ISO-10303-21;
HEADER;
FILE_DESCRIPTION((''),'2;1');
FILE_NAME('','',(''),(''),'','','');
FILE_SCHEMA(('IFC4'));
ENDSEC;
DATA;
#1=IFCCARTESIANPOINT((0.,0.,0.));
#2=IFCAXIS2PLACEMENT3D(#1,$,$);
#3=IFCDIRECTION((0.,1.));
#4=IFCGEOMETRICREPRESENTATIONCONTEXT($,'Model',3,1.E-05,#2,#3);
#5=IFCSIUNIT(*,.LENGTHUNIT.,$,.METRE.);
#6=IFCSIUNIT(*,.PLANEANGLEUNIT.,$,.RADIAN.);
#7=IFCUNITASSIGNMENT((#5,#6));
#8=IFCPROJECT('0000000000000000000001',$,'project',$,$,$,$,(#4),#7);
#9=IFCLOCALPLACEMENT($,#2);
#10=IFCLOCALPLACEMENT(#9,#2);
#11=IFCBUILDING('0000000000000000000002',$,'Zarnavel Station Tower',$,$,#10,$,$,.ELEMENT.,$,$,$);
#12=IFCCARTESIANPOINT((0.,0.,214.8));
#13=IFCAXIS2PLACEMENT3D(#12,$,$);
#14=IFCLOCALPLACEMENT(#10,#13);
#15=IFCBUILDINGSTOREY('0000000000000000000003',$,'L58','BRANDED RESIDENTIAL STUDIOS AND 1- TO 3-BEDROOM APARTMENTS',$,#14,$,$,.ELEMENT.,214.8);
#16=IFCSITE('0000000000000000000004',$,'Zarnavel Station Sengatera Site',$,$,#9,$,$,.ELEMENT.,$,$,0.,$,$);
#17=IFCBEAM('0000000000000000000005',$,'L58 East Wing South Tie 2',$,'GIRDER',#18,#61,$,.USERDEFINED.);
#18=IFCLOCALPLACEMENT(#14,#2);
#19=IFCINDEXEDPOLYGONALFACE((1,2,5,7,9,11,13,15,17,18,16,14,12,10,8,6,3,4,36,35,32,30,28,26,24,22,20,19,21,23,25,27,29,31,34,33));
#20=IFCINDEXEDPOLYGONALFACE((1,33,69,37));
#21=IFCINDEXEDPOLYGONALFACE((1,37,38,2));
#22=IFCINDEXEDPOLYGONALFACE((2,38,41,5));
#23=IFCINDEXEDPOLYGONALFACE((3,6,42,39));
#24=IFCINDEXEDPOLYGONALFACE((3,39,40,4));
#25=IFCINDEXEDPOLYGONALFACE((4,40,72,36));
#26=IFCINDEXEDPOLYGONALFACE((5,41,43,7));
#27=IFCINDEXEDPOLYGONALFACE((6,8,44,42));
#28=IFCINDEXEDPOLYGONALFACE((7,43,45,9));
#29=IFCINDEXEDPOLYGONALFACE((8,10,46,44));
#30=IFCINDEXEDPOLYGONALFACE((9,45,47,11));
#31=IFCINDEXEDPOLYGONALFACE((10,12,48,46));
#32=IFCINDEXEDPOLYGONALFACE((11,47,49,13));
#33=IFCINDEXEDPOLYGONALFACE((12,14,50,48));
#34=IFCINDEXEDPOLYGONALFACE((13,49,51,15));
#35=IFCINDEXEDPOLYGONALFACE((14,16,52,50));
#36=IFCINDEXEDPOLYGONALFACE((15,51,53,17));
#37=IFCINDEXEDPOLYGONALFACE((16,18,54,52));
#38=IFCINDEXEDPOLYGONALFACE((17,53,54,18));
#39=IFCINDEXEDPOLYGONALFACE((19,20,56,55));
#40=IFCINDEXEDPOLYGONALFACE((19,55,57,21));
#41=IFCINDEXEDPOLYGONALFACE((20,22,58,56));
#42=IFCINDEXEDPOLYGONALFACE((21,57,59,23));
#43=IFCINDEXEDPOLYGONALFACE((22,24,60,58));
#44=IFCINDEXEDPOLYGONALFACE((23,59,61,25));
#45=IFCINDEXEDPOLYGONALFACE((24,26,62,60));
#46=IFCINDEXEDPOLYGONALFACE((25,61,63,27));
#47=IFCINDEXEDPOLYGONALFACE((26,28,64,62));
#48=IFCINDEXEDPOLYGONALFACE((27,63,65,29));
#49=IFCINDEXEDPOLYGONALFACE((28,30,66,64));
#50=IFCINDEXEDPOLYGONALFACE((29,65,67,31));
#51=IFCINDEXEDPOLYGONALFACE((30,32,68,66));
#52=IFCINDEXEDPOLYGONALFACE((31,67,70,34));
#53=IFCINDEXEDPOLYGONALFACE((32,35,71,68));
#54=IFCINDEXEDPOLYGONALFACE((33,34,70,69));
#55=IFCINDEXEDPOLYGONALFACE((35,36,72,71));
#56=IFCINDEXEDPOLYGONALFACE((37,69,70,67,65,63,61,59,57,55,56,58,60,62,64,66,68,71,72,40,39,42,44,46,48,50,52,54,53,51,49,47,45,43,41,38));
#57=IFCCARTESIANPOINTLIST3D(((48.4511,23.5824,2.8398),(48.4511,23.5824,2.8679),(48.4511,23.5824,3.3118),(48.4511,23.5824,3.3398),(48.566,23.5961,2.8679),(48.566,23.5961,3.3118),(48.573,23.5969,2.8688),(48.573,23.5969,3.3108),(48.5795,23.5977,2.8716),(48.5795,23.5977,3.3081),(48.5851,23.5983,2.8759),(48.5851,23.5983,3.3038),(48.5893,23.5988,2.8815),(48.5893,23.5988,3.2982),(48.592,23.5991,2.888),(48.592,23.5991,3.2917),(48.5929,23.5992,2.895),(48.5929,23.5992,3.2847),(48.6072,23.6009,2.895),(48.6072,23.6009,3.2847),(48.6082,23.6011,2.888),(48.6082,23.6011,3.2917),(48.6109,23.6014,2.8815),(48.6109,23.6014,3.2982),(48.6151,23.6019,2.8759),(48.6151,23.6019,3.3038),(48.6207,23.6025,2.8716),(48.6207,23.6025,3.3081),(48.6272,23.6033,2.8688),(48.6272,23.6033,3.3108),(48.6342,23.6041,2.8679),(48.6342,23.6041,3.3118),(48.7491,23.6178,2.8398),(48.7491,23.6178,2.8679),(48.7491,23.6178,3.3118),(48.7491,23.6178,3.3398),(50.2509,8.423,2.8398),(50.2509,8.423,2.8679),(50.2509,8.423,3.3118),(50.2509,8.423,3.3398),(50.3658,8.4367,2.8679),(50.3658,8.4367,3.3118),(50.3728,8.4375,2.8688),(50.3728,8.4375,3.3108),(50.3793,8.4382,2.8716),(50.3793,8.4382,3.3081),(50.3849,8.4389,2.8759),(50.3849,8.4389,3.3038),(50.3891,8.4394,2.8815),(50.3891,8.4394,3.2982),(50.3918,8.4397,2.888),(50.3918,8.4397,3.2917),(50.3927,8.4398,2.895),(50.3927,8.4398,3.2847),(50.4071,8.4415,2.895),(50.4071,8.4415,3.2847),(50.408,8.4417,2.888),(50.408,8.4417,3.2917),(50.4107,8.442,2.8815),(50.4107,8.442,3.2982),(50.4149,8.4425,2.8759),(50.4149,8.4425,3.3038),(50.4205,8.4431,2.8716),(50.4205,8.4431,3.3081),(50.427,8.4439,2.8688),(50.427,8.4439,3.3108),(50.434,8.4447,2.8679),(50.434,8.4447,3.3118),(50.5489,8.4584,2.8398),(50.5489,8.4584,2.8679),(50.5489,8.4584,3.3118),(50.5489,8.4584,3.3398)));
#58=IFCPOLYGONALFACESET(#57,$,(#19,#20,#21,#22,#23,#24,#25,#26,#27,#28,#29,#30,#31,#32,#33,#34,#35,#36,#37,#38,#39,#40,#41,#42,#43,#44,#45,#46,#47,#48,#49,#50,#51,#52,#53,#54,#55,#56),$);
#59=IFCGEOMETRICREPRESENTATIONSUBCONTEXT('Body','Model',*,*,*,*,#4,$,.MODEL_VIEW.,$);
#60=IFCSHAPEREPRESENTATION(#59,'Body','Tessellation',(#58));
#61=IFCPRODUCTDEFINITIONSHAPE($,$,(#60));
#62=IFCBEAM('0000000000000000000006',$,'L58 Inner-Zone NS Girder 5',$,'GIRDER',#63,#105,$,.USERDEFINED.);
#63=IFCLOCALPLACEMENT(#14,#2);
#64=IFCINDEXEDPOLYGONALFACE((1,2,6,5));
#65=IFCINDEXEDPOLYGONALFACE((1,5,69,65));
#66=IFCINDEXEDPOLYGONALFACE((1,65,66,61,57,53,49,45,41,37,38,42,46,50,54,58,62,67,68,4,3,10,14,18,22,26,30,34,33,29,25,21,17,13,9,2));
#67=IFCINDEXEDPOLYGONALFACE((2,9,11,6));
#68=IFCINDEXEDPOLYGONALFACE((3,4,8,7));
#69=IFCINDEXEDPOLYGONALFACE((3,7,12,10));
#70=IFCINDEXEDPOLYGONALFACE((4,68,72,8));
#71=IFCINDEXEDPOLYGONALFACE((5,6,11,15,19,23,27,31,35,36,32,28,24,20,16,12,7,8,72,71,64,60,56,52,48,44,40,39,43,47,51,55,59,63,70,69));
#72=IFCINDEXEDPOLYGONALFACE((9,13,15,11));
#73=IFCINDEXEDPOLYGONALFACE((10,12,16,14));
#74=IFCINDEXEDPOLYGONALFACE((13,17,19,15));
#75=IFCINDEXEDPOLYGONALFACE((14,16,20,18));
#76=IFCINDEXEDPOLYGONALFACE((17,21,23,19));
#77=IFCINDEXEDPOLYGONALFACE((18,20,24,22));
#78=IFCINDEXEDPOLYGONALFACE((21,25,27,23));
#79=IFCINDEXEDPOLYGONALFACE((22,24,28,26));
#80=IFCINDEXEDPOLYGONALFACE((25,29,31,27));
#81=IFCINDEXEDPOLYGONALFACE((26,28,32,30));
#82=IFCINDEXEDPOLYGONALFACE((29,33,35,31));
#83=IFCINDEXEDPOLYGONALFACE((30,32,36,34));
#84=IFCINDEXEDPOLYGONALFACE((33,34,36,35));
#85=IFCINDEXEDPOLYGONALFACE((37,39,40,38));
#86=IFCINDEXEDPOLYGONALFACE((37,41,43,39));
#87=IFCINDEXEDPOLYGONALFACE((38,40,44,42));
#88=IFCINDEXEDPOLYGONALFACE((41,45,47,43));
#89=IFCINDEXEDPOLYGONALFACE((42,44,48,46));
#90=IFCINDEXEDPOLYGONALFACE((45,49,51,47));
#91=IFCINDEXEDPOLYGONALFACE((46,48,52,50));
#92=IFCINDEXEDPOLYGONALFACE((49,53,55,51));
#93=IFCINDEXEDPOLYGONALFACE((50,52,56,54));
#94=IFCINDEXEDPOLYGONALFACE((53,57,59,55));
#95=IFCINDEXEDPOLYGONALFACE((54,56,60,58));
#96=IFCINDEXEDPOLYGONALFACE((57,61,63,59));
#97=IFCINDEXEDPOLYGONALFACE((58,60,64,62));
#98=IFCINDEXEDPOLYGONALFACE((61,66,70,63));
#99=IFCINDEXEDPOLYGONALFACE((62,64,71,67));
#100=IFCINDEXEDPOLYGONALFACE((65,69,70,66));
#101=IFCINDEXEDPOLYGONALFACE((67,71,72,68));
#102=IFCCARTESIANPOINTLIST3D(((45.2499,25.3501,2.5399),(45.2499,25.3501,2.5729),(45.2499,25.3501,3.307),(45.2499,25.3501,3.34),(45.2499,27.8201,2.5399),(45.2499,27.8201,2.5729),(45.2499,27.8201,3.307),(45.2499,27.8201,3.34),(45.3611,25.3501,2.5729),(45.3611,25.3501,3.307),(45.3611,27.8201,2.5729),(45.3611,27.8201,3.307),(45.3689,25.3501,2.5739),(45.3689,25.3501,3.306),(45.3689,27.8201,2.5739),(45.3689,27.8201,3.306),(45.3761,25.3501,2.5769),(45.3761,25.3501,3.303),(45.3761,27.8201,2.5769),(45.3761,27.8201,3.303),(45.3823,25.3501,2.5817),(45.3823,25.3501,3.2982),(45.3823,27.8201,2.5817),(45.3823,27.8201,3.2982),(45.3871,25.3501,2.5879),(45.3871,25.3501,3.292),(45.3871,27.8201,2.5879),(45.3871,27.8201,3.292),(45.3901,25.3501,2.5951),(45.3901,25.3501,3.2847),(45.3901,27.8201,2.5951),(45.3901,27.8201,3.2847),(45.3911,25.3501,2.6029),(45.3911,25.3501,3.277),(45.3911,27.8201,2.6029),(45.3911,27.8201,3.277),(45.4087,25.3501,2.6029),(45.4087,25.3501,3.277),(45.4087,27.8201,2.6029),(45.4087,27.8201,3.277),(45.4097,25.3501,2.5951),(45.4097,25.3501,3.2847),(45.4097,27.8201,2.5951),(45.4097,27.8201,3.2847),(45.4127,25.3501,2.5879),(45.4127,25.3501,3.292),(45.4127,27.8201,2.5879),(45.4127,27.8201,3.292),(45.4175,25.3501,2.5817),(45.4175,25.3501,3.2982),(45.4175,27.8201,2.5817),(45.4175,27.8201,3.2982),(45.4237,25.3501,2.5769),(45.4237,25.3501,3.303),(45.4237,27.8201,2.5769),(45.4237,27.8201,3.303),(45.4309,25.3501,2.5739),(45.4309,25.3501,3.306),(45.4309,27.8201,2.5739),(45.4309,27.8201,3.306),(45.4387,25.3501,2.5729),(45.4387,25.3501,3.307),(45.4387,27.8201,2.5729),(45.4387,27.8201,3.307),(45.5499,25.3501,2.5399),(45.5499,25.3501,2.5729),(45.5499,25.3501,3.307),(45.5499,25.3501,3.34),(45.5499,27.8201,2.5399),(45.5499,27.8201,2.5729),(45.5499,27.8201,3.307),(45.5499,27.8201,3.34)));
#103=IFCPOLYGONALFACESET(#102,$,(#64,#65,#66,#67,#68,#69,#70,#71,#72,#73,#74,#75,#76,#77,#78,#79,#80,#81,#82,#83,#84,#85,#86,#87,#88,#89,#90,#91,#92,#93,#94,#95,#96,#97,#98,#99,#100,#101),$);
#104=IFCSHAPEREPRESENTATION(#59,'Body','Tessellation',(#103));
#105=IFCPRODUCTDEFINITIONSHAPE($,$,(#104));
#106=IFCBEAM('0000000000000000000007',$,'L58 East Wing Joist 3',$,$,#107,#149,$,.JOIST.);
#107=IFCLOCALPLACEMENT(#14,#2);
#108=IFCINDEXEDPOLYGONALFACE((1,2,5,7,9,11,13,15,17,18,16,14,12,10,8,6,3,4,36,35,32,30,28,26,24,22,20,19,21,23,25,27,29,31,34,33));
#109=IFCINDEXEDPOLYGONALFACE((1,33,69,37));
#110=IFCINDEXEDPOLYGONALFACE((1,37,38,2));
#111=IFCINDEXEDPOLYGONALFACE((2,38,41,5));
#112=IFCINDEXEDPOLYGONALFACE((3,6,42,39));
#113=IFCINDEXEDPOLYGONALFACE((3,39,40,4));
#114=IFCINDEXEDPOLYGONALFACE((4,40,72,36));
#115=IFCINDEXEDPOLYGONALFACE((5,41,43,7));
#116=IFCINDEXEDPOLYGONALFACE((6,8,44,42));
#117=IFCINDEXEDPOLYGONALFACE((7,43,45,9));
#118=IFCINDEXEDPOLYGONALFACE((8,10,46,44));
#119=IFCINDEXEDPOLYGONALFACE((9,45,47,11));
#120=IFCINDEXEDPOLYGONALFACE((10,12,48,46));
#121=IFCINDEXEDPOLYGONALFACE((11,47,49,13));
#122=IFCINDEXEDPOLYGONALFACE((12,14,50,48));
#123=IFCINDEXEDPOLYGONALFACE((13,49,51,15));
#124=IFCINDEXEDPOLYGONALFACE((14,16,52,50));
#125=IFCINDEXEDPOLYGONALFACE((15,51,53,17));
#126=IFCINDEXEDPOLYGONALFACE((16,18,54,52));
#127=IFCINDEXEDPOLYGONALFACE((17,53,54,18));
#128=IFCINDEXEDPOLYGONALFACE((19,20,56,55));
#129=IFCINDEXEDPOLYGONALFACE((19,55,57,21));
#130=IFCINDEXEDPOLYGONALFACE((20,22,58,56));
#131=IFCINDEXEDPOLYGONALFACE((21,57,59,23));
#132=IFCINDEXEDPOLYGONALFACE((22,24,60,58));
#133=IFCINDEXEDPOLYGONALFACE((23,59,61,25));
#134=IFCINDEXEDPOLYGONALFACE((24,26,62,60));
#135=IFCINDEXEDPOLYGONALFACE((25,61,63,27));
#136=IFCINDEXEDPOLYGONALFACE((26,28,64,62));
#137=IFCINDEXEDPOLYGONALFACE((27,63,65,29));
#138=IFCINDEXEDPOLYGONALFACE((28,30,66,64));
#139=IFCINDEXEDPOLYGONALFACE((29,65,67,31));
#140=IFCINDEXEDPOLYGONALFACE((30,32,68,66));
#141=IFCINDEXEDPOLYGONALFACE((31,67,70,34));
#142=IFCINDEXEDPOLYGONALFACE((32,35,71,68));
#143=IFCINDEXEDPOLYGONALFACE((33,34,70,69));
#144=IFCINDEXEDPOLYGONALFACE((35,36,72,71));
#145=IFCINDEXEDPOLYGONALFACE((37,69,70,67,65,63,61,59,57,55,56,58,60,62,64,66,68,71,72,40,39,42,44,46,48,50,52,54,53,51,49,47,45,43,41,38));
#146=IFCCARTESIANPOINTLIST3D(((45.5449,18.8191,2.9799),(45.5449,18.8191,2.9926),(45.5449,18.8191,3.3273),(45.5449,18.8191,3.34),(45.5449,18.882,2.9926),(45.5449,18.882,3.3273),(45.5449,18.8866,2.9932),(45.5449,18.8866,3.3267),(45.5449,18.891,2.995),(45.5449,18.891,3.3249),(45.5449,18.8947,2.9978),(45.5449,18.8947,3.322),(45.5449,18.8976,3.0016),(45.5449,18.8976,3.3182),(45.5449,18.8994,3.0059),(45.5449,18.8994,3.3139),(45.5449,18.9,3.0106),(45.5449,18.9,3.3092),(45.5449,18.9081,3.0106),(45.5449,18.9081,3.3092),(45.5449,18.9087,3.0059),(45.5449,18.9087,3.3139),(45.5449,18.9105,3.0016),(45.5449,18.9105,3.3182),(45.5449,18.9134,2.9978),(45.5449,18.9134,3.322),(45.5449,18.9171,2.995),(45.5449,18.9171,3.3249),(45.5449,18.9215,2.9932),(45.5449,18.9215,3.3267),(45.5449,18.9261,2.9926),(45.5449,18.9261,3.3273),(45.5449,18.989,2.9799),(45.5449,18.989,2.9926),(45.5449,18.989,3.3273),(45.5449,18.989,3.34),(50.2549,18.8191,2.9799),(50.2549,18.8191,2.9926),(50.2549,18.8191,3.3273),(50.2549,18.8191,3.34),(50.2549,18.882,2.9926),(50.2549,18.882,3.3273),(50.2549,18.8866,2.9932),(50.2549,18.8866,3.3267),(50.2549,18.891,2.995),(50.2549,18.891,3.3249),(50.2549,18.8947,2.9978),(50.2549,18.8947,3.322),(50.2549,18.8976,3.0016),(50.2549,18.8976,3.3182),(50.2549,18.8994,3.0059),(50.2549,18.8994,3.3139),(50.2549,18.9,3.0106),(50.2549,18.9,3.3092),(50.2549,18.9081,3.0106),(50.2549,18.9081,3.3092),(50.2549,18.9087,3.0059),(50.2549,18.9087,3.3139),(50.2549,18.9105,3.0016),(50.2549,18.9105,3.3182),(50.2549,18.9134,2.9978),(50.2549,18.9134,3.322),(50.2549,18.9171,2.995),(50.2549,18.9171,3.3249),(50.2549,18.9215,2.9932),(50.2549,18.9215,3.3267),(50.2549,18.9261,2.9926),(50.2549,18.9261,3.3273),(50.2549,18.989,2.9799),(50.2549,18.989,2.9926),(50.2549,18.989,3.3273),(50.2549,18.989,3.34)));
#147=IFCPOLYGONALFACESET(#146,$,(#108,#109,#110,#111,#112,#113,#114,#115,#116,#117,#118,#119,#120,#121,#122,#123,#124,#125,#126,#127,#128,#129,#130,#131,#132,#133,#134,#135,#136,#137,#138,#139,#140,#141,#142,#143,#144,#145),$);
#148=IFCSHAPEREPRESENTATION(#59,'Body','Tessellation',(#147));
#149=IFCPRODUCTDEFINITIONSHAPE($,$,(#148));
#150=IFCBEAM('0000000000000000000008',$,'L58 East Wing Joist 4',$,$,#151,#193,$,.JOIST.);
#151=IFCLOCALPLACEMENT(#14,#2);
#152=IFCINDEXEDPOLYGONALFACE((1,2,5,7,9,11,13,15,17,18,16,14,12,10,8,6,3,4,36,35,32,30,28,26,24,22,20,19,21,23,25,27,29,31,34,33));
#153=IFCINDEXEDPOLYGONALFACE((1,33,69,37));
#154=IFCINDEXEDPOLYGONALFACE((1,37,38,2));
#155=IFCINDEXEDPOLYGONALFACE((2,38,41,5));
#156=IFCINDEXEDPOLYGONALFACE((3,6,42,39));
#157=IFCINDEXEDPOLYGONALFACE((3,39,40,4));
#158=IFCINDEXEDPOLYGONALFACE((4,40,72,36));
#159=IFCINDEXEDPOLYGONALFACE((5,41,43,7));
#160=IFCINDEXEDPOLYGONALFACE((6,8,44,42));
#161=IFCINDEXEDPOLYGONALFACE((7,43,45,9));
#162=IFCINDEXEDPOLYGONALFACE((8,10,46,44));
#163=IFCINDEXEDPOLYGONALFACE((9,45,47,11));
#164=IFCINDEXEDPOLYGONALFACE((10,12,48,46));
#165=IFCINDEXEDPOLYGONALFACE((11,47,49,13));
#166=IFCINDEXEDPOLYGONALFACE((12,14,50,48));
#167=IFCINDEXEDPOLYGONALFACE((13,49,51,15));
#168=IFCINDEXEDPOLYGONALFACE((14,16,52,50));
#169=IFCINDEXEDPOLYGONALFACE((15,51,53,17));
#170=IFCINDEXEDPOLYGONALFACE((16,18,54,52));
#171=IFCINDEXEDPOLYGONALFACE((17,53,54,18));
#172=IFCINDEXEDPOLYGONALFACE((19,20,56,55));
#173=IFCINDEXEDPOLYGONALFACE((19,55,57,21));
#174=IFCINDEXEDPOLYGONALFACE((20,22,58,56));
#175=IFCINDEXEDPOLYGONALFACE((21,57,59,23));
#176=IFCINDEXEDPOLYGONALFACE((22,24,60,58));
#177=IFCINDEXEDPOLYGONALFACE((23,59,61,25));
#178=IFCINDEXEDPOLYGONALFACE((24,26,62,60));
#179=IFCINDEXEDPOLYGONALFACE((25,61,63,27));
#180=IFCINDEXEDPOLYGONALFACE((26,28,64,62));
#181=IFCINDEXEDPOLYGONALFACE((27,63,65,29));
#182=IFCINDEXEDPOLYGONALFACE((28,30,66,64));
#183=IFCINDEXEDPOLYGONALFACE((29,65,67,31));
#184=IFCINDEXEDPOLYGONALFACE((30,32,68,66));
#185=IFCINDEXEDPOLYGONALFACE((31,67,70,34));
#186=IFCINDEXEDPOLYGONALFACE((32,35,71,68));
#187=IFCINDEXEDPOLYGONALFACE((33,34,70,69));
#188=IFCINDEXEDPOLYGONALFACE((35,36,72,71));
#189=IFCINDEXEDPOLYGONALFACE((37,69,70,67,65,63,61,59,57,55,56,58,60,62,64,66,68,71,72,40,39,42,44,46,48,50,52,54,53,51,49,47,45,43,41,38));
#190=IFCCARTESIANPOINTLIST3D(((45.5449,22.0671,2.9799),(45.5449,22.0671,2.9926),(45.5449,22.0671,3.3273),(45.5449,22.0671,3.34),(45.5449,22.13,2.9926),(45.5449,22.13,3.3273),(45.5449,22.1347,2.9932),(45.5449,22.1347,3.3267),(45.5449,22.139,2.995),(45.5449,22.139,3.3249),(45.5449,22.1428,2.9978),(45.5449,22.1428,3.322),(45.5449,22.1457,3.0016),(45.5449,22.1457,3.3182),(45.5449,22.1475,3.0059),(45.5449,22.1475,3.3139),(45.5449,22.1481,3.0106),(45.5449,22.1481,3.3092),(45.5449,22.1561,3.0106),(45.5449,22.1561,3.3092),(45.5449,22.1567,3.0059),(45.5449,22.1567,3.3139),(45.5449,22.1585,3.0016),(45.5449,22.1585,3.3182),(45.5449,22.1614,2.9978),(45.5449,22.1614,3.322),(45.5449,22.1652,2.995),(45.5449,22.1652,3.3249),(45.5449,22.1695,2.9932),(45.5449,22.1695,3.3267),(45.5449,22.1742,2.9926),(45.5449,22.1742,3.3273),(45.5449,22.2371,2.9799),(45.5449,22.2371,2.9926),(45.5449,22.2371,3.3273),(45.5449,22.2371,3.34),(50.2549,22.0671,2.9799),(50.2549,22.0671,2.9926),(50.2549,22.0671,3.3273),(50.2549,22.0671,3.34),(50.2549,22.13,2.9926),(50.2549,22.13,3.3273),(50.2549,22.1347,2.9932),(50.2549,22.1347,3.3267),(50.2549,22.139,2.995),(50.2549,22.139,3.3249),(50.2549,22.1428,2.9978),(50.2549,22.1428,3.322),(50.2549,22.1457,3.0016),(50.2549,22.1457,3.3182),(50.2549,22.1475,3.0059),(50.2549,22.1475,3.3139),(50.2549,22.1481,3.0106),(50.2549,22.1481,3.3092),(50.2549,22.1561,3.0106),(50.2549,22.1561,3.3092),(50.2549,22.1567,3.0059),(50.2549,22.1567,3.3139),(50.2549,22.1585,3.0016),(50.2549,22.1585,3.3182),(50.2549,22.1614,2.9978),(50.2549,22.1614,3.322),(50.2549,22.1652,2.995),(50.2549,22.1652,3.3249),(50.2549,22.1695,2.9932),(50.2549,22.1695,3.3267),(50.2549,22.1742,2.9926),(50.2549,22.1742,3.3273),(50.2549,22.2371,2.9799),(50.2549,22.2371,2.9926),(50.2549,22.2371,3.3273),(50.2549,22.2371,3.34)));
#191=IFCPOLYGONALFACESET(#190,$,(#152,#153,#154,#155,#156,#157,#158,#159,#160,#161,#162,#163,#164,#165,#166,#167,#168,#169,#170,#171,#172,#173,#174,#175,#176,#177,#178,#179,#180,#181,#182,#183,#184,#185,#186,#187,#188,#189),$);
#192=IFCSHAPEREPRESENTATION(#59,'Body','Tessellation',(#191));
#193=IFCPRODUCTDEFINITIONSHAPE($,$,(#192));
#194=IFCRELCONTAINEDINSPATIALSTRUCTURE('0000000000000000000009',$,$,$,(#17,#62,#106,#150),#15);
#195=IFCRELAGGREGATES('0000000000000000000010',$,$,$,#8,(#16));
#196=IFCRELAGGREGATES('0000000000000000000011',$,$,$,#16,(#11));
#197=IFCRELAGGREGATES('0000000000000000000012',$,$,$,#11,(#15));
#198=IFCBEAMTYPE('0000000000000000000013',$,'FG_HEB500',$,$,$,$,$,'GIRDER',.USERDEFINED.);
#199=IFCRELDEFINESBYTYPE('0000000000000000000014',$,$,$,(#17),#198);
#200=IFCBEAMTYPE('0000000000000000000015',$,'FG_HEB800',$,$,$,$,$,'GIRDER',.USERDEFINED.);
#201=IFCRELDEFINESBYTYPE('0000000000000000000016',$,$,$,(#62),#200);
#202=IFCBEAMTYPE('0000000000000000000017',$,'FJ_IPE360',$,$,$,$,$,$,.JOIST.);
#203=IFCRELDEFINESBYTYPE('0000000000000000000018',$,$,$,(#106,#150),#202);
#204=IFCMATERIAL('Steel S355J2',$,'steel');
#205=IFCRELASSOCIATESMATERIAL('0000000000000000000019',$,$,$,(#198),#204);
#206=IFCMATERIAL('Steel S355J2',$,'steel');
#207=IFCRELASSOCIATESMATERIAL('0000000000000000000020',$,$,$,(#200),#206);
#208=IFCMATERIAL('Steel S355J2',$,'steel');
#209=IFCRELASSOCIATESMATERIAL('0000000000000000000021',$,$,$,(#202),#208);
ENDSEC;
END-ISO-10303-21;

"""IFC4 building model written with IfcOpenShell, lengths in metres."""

from ifc_helpers import new_model, si_unit, direction, frame, origin, origin_2d, place, context, subcontext, project, spatial, i_section, extrude, material, material_profile, profile_set, type_object, element, save


model = new_model("IFC4")

# Units and contexts
model_context = context("Model", 3, precision=1e-05, world=origin(), true_north=direction((0.0, 1.0)))
body_context = subcontext(model_context, "Body", "Model", "MODEL_VIEW")
ifc_project = project(units=[si_unit("LENGTHUNIT", "METRE"), si_unit("PLANEANGLEUNIT", "RADIAN")], contexts=[model_context])

# Site, building, storey
site_placement = place(None, origin())
site = spatial("IfcSite", under=ifc_project, at=site_placement, Name="Zarnavel Station Sengatera Site", CompositionType="ELEMENT", RefElevation=0.0)
building_placement = place(site_placement, origin())
building = spatial("IfcBuilding", under=site, at=building_placement, Name="Zarnavel Station Tower", CompositionType="ELEMENT")
storey_placement = place(building_placement, frame((0.0, 0.0, 214.8)))
storey = spatial("IfcBuildingStorey", under=building, at=storey_placement, Name="L58", Description="BRANDED RESIDENTIAL STUDIOS AND 1- TO 3-BEDROOM APARTMENTS", CompositionType="ELEMENT", Elevation=214.8)

# Beams
ifc_material_1 = material(Name="Steel S355J2", Category="steel")
ifc_material_profile_1 = material_profile(ifc_material_1, i_section(OverallWidth=0.3, OverallDepth=0.5, WebThickness=0.0144, FlangeThickness=0.0281, FilletRadius=0.0271, at=origin_2d()), Name="HEB500")
ifc_profile_set_1 = profile_set([ifc_material_profile_1], Name="Steel S355J2")
beam_type_1 = type_object("IfcBeamType", Name="FG_HEB500", ElementType="GIRDER", PredefinedType="USERDEFINED", material=ifc_profile_set_1)
beam_1_placement = place(storey_placement, frame((48.6001, 23.6001, 3.0898), z_axis=(0.117897, -0.993026, 0.0), x_axis=(0.993026, 0.117897, 0.0)))
element("IfcBeam", 1, at=beam_1_placement, inside=storey, type_object=beam_type_1, Name="L58 East Wing South Tie 2", ObjectType="GIRDER", PredefinedType="USERDEFINED", context=body_context, shape_type="SweptSolid", body=[
    extrude(i_section(OverallWidth=0.3, OverallDepth=0.5, WebThickness=0.0144, FlangeThickness=0.0281, FilletRadius=0.0271, at=origin_2d()), origin(), (0.0, 0.0, 1.0), 15.2659),
])
ifc_material_2 = material(Name="Steel S355J2", Category="steel")
ifc_material_profile_2 = material_profile(ifc_material_2, i_section(OverallWidth=0.3, OverallDepth=0.8, WebThickness=0.0176, FlangeThickness=0.033, FilletRadius=0.03, at=origin_2d()), Name="HEB800")
ifc_profile_set_2 = profile_set([ifc_material_profile_2], Name="Steel S355J2")
beam_type_2 = type_object("IfcBeamType", Name="FG_HEB800", ElementType="GIRDER", PredefinedType="USERDEFINED", material=ifc_profile_set_2)
beam_2_placement = place(storey_placement, frame((45.3999, 25.3501, 2.9399), z_axis=(0.0, 1.0, 0.0), x_axis=(-1.0, 0.0, 0.0)))
element("IfcBeam", 2, at=beam_2_placement, inside=storey, type_object=beam_type_2, Name="L58 Inner-Zone NS Girder 5", ObjectType="GIRDER", PredefinedType="USERDEFINED", context=body_context, shape_type="SweptSolid", body=[
    extrude(i_section(OverallWidth=0.3, OverallDepth=0.8, WebThickness=0.0176, FlangeThickness=0.033, FilletRadius=0.03, at=origin_2d()), origin(), (0.0, 0.0, 1.0), 2.47),
])
ifc_material_3 = material(Name="Steel S355J2", Category="steel")
ifc_material_profile_3 = material_profile(ifc_material_3, i_section(OverallWidth=0.1699, OverallDepth=0.3601, WebThickness=0.0081, FlangeThickness=0.0127, FilletRadius=0.0181, at=origin_2d()), Name="IPE360")
ifc_profile_set_3 = profile_set([ifc_material_profile_3], Name="Steel S355J2")
beam_type_3 = type_object("IfcBeamType", Name="FJ_IPE360", PredefinedType="JOIST", material=ifc_profile_set_3)
for number, where, z_axis, x_axis, name in (
    (3, (45.5449, 18.9041, 3.1599), (1.0, 0.0, 0.0), (0.0, 1.0, 0.0), "L58 East Wing Joist 3"),
    (4, (45.5449, 22.1521, 3.1599), (1.0, 0.0, 0.0), (0.0, 1.0, 0.0), "L58 East Wing Joist 4"),
):
    element("IfcBeam", number, at=place(storey_placement, frame(where, z_axis=z_axis, x_axis=x_axis)), inside=storey, type_object=beam_type_3, Name=name, PredefinedType="JOIST", context=body_context, shape_type="SweptSolid", body=[
        extrude(i_section(OverallWidth=0.1699, OverallDepth=0.3601, WebThickness=0.0081, FlangeThickness=0.0127, FilletRadius=0.0181, at=origin_2d()), origin(), (0.0, 0.0, 1.0), 4.71),
    ])

save(model, "model.ifc")
